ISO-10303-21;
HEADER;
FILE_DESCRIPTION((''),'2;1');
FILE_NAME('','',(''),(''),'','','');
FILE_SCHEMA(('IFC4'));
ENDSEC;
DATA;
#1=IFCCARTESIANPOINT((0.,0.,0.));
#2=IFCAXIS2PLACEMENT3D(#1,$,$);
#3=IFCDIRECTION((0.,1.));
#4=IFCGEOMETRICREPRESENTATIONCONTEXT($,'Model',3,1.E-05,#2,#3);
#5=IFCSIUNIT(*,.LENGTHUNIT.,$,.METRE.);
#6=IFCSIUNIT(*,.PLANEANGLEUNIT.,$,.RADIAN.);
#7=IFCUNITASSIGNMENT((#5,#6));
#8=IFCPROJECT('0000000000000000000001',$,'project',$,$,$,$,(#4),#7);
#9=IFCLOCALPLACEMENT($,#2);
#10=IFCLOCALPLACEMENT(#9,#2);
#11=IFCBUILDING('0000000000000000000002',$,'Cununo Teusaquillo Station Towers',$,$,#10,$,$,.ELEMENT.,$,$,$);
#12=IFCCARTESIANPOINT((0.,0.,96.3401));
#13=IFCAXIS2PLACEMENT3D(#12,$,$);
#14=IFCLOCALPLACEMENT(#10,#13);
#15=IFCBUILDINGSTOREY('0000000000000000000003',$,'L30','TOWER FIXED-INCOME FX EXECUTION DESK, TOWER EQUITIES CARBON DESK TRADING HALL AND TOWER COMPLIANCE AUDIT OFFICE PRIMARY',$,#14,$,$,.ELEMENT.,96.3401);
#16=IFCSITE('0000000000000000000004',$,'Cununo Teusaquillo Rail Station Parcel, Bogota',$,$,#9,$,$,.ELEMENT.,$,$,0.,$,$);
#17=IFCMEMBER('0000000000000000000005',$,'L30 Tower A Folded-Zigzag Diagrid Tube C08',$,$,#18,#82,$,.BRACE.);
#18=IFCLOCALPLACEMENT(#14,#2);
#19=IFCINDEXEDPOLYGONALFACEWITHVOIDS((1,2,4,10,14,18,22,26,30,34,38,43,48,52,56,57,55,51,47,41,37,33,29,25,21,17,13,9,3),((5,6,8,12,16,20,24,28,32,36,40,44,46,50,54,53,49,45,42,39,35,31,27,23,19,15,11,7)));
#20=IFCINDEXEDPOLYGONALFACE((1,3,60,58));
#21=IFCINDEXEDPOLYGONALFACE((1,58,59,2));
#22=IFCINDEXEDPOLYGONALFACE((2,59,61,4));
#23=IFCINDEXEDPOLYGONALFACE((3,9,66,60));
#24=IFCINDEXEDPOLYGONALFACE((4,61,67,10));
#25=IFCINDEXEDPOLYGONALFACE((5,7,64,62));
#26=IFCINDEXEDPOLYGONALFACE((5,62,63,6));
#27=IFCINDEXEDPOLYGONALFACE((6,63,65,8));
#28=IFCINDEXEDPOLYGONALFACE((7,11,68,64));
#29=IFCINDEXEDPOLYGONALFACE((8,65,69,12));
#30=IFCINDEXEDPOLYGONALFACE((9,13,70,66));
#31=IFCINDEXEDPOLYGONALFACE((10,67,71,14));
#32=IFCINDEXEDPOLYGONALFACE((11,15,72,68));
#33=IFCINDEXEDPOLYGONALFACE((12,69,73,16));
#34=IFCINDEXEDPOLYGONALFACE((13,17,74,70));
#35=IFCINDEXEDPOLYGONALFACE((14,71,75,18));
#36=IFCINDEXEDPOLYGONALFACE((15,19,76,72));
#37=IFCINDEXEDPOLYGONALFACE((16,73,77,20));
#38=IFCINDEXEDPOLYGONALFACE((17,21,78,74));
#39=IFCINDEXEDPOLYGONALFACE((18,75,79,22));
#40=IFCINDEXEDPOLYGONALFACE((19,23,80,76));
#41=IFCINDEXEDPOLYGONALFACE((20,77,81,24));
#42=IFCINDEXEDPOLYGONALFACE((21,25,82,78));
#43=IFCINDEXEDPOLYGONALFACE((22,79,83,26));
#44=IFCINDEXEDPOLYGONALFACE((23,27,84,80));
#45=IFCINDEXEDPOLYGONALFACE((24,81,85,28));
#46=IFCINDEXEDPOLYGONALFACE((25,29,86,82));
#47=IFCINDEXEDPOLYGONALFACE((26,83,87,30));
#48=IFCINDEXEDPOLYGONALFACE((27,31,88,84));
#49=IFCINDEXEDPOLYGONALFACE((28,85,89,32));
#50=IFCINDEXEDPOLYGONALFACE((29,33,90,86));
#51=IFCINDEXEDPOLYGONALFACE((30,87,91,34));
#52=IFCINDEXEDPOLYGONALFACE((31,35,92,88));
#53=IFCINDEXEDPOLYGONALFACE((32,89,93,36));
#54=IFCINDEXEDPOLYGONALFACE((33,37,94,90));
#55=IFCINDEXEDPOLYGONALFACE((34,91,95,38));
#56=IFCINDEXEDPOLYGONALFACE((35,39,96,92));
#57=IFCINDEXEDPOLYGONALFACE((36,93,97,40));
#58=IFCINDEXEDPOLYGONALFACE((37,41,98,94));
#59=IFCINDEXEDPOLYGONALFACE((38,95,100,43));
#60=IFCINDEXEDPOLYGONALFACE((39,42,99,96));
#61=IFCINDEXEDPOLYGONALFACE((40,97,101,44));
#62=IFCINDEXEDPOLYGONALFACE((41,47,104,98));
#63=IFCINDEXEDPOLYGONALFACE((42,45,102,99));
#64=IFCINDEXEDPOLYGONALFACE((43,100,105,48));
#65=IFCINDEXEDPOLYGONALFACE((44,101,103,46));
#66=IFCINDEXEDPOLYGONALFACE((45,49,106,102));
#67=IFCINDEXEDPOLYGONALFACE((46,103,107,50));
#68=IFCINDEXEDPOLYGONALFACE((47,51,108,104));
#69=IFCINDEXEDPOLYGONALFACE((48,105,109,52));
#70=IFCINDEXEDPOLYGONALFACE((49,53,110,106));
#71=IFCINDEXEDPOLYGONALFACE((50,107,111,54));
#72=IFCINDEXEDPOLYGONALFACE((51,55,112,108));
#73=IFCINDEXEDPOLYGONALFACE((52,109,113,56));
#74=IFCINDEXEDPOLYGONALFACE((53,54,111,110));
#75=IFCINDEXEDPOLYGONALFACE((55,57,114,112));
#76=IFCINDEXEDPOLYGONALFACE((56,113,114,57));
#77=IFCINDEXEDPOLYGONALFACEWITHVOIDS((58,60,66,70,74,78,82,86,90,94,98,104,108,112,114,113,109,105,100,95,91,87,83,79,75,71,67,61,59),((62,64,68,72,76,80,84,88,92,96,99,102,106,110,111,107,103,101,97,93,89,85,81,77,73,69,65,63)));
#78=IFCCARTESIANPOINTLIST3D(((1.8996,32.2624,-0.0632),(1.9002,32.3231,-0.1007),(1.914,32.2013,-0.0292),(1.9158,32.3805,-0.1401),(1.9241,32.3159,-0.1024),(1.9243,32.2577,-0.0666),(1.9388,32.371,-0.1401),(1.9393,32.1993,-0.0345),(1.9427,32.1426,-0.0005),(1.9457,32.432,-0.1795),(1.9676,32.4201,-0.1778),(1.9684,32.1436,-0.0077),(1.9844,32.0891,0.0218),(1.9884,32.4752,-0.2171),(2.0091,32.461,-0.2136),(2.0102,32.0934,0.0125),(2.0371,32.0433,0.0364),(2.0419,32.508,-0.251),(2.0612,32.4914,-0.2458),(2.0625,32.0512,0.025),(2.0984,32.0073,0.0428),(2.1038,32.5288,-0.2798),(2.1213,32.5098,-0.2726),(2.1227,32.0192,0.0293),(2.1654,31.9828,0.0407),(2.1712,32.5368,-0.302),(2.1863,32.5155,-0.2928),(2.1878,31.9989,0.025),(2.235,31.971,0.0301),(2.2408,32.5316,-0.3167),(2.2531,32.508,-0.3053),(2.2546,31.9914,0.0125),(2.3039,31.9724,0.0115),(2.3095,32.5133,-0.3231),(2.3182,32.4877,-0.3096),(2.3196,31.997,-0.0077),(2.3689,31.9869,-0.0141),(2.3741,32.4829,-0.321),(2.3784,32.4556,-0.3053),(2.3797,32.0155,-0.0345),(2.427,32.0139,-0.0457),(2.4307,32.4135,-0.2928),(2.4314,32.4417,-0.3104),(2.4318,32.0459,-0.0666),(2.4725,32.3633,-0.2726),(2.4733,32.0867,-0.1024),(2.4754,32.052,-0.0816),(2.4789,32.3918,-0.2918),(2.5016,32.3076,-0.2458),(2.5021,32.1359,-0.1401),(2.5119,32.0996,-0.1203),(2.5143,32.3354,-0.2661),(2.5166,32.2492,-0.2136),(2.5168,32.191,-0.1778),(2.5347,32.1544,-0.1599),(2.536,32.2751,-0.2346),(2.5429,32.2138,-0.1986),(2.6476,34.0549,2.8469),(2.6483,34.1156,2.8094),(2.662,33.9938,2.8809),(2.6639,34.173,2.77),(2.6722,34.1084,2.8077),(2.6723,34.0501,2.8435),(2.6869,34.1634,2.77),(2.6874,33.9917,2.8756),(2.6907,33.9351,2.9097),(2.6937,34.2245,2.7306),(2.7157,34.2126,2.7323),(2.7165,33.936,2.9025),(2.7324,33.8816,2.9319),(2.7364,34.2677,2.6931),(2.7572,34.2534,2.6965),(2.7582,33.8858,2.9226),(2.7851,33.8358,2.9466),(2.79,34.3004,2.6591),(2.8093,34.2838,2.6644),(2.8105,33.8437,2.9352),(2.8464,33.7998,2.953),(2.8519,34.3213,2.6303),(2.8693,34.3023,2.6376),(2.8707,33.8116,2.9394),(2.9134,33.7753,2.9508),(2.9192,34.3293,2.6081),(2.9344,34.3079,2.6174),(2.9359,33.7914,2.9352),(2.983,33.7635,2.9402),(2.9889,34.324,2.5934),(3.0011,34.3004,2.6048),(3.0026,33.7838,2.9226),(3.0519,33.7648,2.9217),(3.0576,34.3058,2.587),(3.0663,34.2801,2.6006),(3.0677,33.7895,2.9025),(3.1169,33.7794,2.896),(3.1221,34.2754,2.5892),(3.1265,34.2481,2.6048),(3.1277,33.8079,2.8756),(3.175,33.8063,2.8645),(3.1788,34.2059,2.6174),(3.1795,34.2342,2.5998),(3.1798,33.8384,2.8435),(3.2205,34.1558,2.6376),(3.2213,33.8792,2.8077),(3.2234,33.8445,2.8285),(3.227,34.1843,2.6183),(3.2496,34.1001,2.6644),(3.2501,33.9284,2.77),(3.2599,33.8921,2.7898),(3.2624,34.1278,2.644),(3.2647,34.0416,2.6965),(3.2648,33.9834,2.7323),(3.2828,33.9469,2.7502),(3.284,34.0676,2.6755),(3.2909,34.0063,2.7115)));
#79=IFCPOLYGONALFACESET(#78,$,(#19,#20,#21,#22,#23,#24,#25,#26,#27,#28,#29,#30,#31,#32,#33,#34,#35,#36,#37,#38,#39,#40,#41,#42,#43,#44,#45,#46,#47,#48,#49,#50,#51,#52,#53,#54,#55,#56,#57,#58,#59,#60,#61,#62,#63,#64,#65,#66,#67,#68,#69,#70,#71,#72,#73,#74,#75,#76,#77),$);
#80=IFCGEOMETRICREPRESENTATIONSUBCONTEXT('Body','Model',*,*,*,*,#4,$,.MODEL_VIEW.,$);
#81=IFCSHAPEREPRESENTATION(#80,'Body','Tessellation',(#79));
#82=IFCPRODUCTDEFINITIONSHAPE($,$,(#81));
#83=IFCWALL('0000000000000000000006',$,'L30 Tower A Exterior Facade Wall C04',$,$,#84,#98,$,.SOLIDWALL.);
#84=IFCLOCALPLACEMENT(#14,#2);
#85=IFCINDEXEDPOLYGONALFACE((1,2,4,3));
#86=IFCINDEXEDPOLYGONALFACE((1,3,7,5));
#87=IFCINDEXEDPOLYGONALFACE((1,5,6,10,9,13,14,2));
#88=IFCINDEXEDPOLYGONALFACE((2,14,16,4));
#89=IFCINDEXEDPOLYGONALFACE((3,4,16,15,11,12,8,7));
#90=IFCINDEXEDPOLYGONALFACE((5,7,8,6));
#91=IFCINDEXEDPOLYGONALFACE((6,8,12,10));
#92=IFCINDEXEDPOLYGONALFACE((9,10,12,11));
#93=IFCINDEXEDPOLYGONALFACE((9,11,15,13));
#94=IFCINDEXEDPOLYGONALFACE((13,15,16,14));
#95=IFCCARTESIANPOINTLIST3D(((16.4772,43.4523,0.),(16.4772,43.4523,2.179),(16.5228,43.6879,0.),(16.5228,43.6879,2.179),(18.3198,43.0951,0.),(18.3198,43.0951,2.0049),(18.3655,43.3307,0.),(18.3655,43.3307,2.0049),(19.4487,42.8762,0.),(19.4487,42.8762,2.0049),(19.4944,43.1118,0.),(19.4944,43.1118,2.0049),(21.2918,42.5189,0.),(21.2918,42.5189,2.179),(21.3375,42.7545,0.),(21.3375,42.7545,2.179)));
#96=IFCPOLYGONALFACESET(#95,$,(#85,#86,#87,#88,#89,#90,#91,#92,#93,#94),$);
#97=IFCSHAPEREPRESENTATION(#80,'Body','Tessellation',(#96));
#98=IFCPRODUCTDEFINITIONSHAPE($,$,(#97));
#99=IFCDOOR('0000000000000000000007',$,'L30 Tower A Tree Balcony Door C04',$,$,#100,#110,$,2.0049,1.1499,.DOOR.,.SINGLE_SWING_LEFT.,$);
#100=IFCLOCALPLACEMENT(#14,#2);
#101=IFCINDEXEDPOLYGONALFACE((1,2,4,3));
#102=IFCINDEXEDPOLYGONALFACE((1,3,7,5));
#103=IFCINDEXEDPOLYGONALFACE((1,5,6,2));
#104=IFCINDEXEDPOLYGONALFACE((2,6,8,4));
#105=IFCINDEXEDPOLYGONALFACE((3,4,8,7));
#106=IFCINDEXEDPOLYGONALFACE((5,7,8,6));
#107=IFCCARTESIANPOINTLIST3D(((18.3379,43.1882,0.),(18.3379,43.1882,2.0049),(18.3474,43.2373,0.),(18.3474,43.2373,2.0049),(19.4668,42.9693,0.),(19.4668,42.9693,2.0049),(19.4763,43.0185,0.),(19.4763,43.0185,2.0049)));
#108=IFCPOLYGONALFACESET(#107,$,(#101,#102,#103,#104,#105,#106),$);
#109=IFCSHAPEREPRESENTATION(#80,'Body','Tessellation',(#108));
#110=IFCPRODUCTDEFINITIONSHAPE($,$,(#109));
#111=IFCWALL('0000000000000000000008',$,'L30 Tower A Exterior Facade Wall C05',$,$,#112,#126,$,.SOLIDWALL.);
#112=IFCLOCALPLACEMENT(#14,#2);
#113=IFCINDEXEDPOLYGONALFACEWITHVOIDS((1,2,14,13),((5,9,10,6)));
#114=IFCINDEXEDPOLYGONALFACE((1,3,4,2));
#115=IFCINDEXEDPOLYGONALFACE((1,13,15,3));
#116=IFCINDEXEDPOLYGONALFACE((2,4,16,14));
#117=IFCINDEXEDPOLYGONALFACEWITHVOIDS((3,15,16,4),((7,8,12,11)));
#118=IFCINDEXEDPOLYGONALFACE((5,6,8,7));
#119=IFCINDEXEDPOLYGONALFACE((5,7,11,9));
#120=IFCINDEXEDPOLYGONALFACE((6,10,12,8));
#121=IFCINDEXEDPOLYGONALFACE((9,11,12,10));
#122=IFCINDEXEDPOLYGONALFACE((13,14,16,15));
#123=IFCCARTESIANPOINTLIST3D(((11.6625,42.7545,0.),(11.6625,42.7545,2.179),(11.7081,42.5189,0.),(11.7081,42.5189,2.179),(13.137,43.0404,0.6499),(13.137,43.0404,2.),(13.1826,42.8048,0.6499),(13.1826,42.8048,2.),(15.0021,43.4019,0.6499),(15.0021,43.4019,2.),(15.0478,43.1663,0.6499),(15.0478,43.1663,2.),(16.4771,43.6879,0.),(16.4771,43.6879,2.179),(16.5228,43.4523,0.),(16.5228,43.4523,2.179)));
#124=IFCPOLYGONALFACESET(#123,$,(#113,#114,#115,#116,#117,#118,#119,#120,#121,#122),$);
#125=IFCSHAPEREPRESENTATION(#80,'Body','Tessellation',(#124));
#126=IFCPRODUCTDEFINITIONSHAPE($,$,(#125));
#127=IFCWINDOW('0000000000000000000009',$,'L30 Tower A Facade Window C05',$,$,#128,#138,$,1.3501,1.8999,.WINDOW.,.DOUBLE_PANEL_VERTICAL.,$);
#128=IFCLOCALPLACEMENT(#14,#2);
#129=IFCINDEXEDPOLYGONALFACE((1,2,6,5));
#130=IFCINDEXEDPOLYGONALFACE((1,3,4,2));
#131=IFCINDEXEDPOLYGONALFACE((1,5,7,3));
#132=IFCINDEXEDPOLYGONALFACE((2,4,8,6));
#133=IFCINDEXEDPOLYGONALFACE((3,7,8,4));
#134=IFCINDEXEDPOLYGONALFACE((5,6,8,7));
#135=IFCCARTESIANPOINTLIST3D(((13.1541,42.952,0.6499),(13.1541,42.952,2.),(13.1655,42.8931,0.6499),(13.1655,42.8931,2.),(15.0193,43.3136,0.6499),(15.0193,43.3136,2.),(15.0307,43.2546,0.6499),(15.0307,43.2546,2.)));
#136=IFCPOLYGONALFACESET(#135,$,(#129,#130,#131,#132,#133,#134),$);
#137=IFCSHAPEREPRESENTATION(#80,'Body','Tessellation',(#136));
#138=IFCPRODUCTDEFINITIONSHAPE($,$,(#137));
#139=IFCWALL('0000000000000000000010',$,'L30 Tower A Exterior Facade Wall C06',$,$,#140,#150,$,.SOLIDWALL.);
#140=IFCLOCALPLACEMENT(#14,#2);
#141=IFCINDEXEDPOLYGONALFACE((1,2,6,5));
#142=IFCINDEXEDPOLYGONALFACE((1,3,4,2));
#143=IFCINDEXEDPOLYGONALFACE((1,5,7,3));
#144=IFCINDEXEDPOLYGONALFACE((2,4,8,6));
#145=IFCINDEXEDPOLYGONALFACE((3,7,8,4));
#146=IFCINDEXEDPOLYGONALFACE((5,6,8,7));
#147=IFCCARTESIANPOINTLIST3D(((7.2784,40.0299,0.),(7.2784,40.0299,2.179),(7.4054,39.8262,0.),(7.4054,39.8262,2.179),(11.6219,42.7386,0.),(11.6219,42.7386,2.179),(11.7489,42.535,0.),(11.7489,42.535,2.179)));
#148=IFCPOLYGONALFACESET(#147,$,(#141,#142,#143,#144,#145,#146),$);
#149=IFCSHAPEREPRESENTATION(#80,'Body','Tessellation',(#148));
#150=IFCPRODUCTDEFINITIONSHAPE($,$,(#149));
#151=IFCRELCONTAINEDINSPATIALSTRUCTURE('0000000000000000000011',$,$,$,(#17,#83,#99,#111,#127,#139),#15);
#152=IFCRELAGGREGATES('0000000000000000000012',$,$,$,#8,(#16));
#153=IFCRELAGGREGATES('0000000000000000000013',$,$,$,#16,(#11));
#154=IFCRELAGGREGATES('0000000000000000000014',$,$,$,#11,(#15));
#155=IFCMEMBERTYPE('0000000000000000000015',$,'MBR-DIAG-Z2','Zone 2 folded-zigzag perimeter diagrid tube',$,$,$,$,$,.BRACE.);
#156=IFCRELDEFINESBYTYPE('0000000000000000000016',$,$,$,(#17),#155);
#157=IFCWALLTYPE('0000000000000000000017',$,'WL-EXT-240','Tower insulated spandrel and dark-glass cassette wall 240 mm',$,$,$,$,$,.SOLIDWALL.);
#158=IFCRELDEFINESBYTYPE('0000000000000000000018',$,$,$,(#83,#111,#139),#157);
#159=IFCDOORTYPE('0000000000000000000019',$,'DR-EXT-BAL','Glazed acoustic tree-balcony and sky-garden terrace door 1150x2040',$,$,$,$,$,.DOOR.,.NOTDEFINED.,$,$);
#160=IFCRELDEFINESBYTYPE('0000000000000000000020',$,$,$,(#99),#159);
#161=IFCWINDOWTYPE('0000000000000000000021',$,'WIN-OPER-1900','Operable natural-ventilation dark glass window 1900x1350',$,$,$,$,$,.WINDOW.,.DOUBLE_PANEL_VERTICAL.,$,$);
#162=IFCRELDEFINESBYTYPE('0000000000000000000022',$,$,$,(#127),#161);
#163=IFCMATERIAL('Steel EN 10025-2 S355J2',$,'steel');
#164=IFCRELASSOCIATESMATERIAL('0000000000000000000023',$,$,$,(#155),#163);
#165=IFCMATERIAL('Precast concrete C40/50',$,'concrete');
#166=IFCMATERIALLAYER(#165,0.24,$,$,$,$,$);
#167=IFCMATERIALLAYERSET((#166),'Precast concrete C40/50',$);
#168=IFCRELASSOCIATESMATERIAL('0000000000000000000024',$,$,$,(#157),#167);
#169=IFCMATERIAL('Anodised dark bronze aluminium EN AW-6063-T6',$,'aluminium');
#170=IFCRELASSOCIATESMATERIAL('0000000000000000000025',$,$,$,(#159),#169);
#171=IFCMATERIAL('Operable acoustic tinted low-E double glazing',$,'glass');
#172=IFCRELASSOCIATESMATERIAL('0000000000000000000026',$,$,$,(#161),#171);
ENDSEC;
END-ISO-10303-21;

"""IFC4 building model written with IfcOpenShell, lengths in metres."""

from ifc_helpers import new_model, si_unit, direction, frame, frame_2d, origin, origin_2d, place, context, subcontext, project, spatial, rectangle, hollow_circle, extrude, source, transform, mapped, material, layer, layer_set, material_profile, profile_set, type_object, element, fill, save


model = new_model("IFC4")

# Units and contexts
model_context = context("Model", 3, precision=1e-05, world=origin(), true_north=direction((0.0, 1.0)))
body_context = subcontext(model_context, "Body", "Model", "MODEL_VIEW")
ifc_project = project(units=[si_unit("LENGTHUNIT", "METRE"), si_unit("PLANEANGLEUNIT", "RADIAN")], contexts=[model_context])

# Site, building, storey
site_placement = place(None, origin())
site = spatial("IfcSite", under=ifc_project, at=site_placement, Name="Cununo Teusaquillo Rail Station Parcel, Bogota", CompositionType="ELEMENT", RefElevation=0.0)
building_placement = place(site_placement, origin())
building = spatial("IfcBuilding", under=site, at=building_placement, Name="Cununo Teusaquillo Station Towers", CompositionType="ELEMENT")
storey_placement = place(building_placement, frame((0.0, 0.0, 96.3401)))
storey = spatial("IfcBuildingStorey", under=building, at=storey_placement, Name="L30", Description="TOWER FIXED-INCOME FX EXECUTION DESK, TOWER EQUITIES CARBON DESK TRADING HALL AND TOWER COMPLIANCE AUDIT OFFICE PRIMARY", CompositionType="ELEMENT", Elevation=96.3401)

# Member
ifc_material_1 = material(Name="Steel EN 10025-2 S355J2", Category="steel")
ifc_material_profile_1 = material_profile(ifc_material_1, hollow_circle(Radius=0.3301, WallThickness=0.0249, at=origin_2d()), Name="CHS 660x25")
ifc_profile_set_1 = profile_set([ifc_material_profile_1], Name="Steel EN 10025-2 S355J2")
member_type = type_object("IfcMemberType", Name="MBR-DIAG-Z2", Description="Zone 2 folded-zigzag perimeter diagrid tube", PredefinedType="BRACE", material=ifc_profile_set_1)
member_1_placement = place(storey_placement, frame((2.2205, 32.2534, -0.1401), z_axis=(0.213801, 0.512314, 0.831759), x_axis=(-0.922861, 0.385133, 0.0)))
element("IfcMember", 1, at=member_1_placement, inside=storey, type_object=member_type, Name="L30 Tower A Folded-Zigzag Diagrid Tube C08", PredefinedType="BRACE", context=body_context, shape_type="SweptSolid", body=[
    extrude(hollow_circle(Radius=0.3301, WallThickness=0.0249, at=origin_2d()), origin(), (0.0, 0.0, 1.0), 3.4988),
])

# Wall, opening, door
ifc_material_2 = material(Name="Precast concrete C40/50", Category="concrete")
ifc_layer_1 = layer(ifc_material_2, 0.24)
ifc_layer_set_1 = layer_set([ifc_layer_1], Name="Precast concrete C40/50")
wall_type_1 = type_object("IfcWallType", Name="WL-EXT-240", Description="Tower insulated spandrel and dark-glass cassette wall 240 mm", PredefinedType="SOLIDWALL", material=ifc_layer_set_1)
wall_1_placement = place(storey_placement, frame((16.5, 43.5701, 0.0), z_axis=(0.0, 0.0, 1.0), x_axis=(0.981724, -0.190311, 0.0)))
wall_1 = element("IfcWall", 2, at=wall_1_placement, inside=storey, type_object=wall_type_1, Name="L30 Tower A Exterior Facade Wall C04", PredefinedType="SOLIDWALL", context=body_context, shape_type="SweptSolid", body=[
    extrude(rectangle(XDim=4.9043, YDim=0.24, at=frame_2d((2.4521, 0.0))), origin(), (0.0, 0.0, 1.0), 2.179),
])
shared_shape_1 = source(origin(), body_context, "Body", "SweptSolid", [
    extrude(rectangle(XDim=1.1499, YDim=2.0049, at=frame_2d((0.575, 1.0024))), frame((0.0, 0.1299, 0.0), z_axis=(0.0, -1.0, 0.0), x_axis=(1.0, 0.0, 0.0)), (0.0, 0.0, 1.0), 0.26),
])
opening_1_placement = place(wall_1_placement, frame((1.877, 0.0, 0.0)))
opening_1 = element("IfcOpeningElement", 3, at=opening_1_placement, cuts=wall_1, PredefinedType="OPENING", context=body_context, shape_type="MappedRepresentation", body=[
    mapped(shared_shape_1, transform((0.0, 0.0, 0.0), x_axis=(1.0, 0.0, 0.0), y_axis=(0.0, 1.0, 0.0), z_axis=(0.0, 0.0, 1.0), scale=1.0)),
])
ifc_material_3 = material(Name="Anodised dark bronze aluminium EN AW-6063-T6", Category="aluminium")
door_type_1 = type_object("IfcDoorType", Name="DR-EXT-BAL", Description="Glazed acoustic tree-balcony and sky-garden terrace door 1150x2040", OperationType="NOTDEFINED", PredefinedType="DOOR", material=ifc_material_3)
shared_shape_2 = source(origin(), body_context, "Body", "SweptSolid", [
    extrude(rectangle(XDim=1.1499, YDim=2.0049, at=frame_2d((0.575, 1.0024))), frame((0.0, 0.0249, 0.0), z_axis=(0.0, -1.0, 0.0), x_axis=(1.0, 0.0, 0.0)), (0.0, 0.0, 1.0), 0.05),
])
door_1_placement = place(opening_1_placement, origin())
door_1 = element("IfcDoor", 4, at=door_1_placement, inside=storey, type_object=door_type_1, Name="L30 Tower A Tree Balcony Door C04", OperationType="SINGLE_SWING_LEFT", OverallHeight=2.0049, OverallWidth=1.1499, PredefinedType="DOOR", context=body_context, shape_type="MappedRepresentation", body=[
    mapped(shared_shape_2, transform((0.0, 0.0, 0.0), x_axis=(1.0, 0.0, 0.0), y_axis=(0.0, 1.0, 0.0), z_axis=(0.0, 0.0, 1.0), scale=1.0)),
])
fill(opening_1, door_1)

# Wall, opening, window
wall_2_placement = place(storey_placement, frame((11.6853, 42.6367, 0.0), z_axis=(0.0, 0.0, 1.0), x_axis=(0.981724, 0.190311, 0.0)))
wall_2 = element("IfcWall", 5, at=wall_2_placement, inside=storey, type_object=wall_type_1, Name="L30 Tower A Exterior Facade Wall C05", PredefinedType="SOLIDWALL", context=body_context, shape_type="SweptSolid", body=[
    extrude(rectangle(XDim=4.9043, YDim=0.24, at=frame_2d((2.4521, 0.0))), origin(), (0.0, 0.0, 1.0), 2.179),
])
shared_shape_3 = source(origin(), body_context, "Body", "SweptSolid", [
    extrude(rectangle(XDim=1.8999, YDim=1.3501, at=frame_2d((0.95, 0.675))), frame((0.0, 0.1299, 0.0), z_axis=(0.0, -1.0, 0.0), x_axis=(1.0, 0.0, 0.0)), (0.0, 0.0, 1.0), 0.26),
])
opening_2_placement = place(wall_2_placement, frame((1.502, 0.0, 0.6499)))
opening_2 = element("IfcOpeningElement", 6, at=opening_2_placement, cuts=wall_2, PredefinedType="OPENING", context=body_context, shape_type="MappedRepresentation", body=[
    mapped(shared_shape_3, transform((0.0, 0.0, 0.0), x_axis=(1.0, 0.0, 0.0), y_axis=(0.0, 1.0, 0.0), z_axis=(0.0, 0.0, 1.0), scale=1.0)),
])
ifc_material_4 = material(Name="Operable acoustic tinted low-E double glazing", Category="glass")
window_type = type_object("IfcWindowType", Name="WIN-OPER-1900", Description="Operable natural-ventilation dark glass window 1900x1350", PartitioningType="DOUBLE_PANEL_VERTICAL", PredefinedType="WINDOW", material=ifc_material_4)
shared_shape_4 = source(origin(), body_context, "Body", "SweptSolid", [
    extrude(rectangle(XDim=1.8999, YDim=1.3501, at=frame_2d((0.95, 0.675))), frame((0.0, 0.03, 0.0), z_axis=(0.0, -1.0, 0.0), x_axis=(1.0, 0.0, 0.0)), (0.0, 0.0, 1.0), 0.0601),
])
window_1_placement = place(opening_2_placement, origin())
window_1 = element("IfcWindow", 7, at=window_1_placement, inside=storey, type_object=window_type, Name="L30 Tower A Facade Window C05", OverallHeight=1.3501, OverallWidth=1.8999, PartitioningType="DOUBLE_PANEL_VERTICAL", PredefinedType="WINDOW", context=body_context, shape_type="MappedRepresentation", body=[
    mapped(shared_shape_4, transform((0.0, 0.0, 0.0), x_axis=(1.0, 0.0, 0.0), y_axis=(0.0, 1.0, 0.0), z_axis=(0.0, 0.0, 1.0), scale=1.0)),
])
fill(opening_2, window_1)

# Wall
wall_3_placement = place(storey_placement, frame((7.3418, 39.928, 0.0), z_axis=(0.0, 0.0, 1.0), x_axis=(0.84852, 0.529163, 0.0)))
element("IfcWall", 8, at=wall_3_placement, inside=storey, type_object=wall_type_1, Name="L30 Tower A Exterior Facade Wall C06", PredefinedType="SOLIDWALL", context=body_context, shape_type="SweptSolid", body=[
    extrude(rectangle(XDim=5.1189, YDim=0.24, at=frame_2d((2.5596, 0.0))), origin(), (0.0, 0.0, 1.0), 2.179),
])

save(model, "model.ifc")
